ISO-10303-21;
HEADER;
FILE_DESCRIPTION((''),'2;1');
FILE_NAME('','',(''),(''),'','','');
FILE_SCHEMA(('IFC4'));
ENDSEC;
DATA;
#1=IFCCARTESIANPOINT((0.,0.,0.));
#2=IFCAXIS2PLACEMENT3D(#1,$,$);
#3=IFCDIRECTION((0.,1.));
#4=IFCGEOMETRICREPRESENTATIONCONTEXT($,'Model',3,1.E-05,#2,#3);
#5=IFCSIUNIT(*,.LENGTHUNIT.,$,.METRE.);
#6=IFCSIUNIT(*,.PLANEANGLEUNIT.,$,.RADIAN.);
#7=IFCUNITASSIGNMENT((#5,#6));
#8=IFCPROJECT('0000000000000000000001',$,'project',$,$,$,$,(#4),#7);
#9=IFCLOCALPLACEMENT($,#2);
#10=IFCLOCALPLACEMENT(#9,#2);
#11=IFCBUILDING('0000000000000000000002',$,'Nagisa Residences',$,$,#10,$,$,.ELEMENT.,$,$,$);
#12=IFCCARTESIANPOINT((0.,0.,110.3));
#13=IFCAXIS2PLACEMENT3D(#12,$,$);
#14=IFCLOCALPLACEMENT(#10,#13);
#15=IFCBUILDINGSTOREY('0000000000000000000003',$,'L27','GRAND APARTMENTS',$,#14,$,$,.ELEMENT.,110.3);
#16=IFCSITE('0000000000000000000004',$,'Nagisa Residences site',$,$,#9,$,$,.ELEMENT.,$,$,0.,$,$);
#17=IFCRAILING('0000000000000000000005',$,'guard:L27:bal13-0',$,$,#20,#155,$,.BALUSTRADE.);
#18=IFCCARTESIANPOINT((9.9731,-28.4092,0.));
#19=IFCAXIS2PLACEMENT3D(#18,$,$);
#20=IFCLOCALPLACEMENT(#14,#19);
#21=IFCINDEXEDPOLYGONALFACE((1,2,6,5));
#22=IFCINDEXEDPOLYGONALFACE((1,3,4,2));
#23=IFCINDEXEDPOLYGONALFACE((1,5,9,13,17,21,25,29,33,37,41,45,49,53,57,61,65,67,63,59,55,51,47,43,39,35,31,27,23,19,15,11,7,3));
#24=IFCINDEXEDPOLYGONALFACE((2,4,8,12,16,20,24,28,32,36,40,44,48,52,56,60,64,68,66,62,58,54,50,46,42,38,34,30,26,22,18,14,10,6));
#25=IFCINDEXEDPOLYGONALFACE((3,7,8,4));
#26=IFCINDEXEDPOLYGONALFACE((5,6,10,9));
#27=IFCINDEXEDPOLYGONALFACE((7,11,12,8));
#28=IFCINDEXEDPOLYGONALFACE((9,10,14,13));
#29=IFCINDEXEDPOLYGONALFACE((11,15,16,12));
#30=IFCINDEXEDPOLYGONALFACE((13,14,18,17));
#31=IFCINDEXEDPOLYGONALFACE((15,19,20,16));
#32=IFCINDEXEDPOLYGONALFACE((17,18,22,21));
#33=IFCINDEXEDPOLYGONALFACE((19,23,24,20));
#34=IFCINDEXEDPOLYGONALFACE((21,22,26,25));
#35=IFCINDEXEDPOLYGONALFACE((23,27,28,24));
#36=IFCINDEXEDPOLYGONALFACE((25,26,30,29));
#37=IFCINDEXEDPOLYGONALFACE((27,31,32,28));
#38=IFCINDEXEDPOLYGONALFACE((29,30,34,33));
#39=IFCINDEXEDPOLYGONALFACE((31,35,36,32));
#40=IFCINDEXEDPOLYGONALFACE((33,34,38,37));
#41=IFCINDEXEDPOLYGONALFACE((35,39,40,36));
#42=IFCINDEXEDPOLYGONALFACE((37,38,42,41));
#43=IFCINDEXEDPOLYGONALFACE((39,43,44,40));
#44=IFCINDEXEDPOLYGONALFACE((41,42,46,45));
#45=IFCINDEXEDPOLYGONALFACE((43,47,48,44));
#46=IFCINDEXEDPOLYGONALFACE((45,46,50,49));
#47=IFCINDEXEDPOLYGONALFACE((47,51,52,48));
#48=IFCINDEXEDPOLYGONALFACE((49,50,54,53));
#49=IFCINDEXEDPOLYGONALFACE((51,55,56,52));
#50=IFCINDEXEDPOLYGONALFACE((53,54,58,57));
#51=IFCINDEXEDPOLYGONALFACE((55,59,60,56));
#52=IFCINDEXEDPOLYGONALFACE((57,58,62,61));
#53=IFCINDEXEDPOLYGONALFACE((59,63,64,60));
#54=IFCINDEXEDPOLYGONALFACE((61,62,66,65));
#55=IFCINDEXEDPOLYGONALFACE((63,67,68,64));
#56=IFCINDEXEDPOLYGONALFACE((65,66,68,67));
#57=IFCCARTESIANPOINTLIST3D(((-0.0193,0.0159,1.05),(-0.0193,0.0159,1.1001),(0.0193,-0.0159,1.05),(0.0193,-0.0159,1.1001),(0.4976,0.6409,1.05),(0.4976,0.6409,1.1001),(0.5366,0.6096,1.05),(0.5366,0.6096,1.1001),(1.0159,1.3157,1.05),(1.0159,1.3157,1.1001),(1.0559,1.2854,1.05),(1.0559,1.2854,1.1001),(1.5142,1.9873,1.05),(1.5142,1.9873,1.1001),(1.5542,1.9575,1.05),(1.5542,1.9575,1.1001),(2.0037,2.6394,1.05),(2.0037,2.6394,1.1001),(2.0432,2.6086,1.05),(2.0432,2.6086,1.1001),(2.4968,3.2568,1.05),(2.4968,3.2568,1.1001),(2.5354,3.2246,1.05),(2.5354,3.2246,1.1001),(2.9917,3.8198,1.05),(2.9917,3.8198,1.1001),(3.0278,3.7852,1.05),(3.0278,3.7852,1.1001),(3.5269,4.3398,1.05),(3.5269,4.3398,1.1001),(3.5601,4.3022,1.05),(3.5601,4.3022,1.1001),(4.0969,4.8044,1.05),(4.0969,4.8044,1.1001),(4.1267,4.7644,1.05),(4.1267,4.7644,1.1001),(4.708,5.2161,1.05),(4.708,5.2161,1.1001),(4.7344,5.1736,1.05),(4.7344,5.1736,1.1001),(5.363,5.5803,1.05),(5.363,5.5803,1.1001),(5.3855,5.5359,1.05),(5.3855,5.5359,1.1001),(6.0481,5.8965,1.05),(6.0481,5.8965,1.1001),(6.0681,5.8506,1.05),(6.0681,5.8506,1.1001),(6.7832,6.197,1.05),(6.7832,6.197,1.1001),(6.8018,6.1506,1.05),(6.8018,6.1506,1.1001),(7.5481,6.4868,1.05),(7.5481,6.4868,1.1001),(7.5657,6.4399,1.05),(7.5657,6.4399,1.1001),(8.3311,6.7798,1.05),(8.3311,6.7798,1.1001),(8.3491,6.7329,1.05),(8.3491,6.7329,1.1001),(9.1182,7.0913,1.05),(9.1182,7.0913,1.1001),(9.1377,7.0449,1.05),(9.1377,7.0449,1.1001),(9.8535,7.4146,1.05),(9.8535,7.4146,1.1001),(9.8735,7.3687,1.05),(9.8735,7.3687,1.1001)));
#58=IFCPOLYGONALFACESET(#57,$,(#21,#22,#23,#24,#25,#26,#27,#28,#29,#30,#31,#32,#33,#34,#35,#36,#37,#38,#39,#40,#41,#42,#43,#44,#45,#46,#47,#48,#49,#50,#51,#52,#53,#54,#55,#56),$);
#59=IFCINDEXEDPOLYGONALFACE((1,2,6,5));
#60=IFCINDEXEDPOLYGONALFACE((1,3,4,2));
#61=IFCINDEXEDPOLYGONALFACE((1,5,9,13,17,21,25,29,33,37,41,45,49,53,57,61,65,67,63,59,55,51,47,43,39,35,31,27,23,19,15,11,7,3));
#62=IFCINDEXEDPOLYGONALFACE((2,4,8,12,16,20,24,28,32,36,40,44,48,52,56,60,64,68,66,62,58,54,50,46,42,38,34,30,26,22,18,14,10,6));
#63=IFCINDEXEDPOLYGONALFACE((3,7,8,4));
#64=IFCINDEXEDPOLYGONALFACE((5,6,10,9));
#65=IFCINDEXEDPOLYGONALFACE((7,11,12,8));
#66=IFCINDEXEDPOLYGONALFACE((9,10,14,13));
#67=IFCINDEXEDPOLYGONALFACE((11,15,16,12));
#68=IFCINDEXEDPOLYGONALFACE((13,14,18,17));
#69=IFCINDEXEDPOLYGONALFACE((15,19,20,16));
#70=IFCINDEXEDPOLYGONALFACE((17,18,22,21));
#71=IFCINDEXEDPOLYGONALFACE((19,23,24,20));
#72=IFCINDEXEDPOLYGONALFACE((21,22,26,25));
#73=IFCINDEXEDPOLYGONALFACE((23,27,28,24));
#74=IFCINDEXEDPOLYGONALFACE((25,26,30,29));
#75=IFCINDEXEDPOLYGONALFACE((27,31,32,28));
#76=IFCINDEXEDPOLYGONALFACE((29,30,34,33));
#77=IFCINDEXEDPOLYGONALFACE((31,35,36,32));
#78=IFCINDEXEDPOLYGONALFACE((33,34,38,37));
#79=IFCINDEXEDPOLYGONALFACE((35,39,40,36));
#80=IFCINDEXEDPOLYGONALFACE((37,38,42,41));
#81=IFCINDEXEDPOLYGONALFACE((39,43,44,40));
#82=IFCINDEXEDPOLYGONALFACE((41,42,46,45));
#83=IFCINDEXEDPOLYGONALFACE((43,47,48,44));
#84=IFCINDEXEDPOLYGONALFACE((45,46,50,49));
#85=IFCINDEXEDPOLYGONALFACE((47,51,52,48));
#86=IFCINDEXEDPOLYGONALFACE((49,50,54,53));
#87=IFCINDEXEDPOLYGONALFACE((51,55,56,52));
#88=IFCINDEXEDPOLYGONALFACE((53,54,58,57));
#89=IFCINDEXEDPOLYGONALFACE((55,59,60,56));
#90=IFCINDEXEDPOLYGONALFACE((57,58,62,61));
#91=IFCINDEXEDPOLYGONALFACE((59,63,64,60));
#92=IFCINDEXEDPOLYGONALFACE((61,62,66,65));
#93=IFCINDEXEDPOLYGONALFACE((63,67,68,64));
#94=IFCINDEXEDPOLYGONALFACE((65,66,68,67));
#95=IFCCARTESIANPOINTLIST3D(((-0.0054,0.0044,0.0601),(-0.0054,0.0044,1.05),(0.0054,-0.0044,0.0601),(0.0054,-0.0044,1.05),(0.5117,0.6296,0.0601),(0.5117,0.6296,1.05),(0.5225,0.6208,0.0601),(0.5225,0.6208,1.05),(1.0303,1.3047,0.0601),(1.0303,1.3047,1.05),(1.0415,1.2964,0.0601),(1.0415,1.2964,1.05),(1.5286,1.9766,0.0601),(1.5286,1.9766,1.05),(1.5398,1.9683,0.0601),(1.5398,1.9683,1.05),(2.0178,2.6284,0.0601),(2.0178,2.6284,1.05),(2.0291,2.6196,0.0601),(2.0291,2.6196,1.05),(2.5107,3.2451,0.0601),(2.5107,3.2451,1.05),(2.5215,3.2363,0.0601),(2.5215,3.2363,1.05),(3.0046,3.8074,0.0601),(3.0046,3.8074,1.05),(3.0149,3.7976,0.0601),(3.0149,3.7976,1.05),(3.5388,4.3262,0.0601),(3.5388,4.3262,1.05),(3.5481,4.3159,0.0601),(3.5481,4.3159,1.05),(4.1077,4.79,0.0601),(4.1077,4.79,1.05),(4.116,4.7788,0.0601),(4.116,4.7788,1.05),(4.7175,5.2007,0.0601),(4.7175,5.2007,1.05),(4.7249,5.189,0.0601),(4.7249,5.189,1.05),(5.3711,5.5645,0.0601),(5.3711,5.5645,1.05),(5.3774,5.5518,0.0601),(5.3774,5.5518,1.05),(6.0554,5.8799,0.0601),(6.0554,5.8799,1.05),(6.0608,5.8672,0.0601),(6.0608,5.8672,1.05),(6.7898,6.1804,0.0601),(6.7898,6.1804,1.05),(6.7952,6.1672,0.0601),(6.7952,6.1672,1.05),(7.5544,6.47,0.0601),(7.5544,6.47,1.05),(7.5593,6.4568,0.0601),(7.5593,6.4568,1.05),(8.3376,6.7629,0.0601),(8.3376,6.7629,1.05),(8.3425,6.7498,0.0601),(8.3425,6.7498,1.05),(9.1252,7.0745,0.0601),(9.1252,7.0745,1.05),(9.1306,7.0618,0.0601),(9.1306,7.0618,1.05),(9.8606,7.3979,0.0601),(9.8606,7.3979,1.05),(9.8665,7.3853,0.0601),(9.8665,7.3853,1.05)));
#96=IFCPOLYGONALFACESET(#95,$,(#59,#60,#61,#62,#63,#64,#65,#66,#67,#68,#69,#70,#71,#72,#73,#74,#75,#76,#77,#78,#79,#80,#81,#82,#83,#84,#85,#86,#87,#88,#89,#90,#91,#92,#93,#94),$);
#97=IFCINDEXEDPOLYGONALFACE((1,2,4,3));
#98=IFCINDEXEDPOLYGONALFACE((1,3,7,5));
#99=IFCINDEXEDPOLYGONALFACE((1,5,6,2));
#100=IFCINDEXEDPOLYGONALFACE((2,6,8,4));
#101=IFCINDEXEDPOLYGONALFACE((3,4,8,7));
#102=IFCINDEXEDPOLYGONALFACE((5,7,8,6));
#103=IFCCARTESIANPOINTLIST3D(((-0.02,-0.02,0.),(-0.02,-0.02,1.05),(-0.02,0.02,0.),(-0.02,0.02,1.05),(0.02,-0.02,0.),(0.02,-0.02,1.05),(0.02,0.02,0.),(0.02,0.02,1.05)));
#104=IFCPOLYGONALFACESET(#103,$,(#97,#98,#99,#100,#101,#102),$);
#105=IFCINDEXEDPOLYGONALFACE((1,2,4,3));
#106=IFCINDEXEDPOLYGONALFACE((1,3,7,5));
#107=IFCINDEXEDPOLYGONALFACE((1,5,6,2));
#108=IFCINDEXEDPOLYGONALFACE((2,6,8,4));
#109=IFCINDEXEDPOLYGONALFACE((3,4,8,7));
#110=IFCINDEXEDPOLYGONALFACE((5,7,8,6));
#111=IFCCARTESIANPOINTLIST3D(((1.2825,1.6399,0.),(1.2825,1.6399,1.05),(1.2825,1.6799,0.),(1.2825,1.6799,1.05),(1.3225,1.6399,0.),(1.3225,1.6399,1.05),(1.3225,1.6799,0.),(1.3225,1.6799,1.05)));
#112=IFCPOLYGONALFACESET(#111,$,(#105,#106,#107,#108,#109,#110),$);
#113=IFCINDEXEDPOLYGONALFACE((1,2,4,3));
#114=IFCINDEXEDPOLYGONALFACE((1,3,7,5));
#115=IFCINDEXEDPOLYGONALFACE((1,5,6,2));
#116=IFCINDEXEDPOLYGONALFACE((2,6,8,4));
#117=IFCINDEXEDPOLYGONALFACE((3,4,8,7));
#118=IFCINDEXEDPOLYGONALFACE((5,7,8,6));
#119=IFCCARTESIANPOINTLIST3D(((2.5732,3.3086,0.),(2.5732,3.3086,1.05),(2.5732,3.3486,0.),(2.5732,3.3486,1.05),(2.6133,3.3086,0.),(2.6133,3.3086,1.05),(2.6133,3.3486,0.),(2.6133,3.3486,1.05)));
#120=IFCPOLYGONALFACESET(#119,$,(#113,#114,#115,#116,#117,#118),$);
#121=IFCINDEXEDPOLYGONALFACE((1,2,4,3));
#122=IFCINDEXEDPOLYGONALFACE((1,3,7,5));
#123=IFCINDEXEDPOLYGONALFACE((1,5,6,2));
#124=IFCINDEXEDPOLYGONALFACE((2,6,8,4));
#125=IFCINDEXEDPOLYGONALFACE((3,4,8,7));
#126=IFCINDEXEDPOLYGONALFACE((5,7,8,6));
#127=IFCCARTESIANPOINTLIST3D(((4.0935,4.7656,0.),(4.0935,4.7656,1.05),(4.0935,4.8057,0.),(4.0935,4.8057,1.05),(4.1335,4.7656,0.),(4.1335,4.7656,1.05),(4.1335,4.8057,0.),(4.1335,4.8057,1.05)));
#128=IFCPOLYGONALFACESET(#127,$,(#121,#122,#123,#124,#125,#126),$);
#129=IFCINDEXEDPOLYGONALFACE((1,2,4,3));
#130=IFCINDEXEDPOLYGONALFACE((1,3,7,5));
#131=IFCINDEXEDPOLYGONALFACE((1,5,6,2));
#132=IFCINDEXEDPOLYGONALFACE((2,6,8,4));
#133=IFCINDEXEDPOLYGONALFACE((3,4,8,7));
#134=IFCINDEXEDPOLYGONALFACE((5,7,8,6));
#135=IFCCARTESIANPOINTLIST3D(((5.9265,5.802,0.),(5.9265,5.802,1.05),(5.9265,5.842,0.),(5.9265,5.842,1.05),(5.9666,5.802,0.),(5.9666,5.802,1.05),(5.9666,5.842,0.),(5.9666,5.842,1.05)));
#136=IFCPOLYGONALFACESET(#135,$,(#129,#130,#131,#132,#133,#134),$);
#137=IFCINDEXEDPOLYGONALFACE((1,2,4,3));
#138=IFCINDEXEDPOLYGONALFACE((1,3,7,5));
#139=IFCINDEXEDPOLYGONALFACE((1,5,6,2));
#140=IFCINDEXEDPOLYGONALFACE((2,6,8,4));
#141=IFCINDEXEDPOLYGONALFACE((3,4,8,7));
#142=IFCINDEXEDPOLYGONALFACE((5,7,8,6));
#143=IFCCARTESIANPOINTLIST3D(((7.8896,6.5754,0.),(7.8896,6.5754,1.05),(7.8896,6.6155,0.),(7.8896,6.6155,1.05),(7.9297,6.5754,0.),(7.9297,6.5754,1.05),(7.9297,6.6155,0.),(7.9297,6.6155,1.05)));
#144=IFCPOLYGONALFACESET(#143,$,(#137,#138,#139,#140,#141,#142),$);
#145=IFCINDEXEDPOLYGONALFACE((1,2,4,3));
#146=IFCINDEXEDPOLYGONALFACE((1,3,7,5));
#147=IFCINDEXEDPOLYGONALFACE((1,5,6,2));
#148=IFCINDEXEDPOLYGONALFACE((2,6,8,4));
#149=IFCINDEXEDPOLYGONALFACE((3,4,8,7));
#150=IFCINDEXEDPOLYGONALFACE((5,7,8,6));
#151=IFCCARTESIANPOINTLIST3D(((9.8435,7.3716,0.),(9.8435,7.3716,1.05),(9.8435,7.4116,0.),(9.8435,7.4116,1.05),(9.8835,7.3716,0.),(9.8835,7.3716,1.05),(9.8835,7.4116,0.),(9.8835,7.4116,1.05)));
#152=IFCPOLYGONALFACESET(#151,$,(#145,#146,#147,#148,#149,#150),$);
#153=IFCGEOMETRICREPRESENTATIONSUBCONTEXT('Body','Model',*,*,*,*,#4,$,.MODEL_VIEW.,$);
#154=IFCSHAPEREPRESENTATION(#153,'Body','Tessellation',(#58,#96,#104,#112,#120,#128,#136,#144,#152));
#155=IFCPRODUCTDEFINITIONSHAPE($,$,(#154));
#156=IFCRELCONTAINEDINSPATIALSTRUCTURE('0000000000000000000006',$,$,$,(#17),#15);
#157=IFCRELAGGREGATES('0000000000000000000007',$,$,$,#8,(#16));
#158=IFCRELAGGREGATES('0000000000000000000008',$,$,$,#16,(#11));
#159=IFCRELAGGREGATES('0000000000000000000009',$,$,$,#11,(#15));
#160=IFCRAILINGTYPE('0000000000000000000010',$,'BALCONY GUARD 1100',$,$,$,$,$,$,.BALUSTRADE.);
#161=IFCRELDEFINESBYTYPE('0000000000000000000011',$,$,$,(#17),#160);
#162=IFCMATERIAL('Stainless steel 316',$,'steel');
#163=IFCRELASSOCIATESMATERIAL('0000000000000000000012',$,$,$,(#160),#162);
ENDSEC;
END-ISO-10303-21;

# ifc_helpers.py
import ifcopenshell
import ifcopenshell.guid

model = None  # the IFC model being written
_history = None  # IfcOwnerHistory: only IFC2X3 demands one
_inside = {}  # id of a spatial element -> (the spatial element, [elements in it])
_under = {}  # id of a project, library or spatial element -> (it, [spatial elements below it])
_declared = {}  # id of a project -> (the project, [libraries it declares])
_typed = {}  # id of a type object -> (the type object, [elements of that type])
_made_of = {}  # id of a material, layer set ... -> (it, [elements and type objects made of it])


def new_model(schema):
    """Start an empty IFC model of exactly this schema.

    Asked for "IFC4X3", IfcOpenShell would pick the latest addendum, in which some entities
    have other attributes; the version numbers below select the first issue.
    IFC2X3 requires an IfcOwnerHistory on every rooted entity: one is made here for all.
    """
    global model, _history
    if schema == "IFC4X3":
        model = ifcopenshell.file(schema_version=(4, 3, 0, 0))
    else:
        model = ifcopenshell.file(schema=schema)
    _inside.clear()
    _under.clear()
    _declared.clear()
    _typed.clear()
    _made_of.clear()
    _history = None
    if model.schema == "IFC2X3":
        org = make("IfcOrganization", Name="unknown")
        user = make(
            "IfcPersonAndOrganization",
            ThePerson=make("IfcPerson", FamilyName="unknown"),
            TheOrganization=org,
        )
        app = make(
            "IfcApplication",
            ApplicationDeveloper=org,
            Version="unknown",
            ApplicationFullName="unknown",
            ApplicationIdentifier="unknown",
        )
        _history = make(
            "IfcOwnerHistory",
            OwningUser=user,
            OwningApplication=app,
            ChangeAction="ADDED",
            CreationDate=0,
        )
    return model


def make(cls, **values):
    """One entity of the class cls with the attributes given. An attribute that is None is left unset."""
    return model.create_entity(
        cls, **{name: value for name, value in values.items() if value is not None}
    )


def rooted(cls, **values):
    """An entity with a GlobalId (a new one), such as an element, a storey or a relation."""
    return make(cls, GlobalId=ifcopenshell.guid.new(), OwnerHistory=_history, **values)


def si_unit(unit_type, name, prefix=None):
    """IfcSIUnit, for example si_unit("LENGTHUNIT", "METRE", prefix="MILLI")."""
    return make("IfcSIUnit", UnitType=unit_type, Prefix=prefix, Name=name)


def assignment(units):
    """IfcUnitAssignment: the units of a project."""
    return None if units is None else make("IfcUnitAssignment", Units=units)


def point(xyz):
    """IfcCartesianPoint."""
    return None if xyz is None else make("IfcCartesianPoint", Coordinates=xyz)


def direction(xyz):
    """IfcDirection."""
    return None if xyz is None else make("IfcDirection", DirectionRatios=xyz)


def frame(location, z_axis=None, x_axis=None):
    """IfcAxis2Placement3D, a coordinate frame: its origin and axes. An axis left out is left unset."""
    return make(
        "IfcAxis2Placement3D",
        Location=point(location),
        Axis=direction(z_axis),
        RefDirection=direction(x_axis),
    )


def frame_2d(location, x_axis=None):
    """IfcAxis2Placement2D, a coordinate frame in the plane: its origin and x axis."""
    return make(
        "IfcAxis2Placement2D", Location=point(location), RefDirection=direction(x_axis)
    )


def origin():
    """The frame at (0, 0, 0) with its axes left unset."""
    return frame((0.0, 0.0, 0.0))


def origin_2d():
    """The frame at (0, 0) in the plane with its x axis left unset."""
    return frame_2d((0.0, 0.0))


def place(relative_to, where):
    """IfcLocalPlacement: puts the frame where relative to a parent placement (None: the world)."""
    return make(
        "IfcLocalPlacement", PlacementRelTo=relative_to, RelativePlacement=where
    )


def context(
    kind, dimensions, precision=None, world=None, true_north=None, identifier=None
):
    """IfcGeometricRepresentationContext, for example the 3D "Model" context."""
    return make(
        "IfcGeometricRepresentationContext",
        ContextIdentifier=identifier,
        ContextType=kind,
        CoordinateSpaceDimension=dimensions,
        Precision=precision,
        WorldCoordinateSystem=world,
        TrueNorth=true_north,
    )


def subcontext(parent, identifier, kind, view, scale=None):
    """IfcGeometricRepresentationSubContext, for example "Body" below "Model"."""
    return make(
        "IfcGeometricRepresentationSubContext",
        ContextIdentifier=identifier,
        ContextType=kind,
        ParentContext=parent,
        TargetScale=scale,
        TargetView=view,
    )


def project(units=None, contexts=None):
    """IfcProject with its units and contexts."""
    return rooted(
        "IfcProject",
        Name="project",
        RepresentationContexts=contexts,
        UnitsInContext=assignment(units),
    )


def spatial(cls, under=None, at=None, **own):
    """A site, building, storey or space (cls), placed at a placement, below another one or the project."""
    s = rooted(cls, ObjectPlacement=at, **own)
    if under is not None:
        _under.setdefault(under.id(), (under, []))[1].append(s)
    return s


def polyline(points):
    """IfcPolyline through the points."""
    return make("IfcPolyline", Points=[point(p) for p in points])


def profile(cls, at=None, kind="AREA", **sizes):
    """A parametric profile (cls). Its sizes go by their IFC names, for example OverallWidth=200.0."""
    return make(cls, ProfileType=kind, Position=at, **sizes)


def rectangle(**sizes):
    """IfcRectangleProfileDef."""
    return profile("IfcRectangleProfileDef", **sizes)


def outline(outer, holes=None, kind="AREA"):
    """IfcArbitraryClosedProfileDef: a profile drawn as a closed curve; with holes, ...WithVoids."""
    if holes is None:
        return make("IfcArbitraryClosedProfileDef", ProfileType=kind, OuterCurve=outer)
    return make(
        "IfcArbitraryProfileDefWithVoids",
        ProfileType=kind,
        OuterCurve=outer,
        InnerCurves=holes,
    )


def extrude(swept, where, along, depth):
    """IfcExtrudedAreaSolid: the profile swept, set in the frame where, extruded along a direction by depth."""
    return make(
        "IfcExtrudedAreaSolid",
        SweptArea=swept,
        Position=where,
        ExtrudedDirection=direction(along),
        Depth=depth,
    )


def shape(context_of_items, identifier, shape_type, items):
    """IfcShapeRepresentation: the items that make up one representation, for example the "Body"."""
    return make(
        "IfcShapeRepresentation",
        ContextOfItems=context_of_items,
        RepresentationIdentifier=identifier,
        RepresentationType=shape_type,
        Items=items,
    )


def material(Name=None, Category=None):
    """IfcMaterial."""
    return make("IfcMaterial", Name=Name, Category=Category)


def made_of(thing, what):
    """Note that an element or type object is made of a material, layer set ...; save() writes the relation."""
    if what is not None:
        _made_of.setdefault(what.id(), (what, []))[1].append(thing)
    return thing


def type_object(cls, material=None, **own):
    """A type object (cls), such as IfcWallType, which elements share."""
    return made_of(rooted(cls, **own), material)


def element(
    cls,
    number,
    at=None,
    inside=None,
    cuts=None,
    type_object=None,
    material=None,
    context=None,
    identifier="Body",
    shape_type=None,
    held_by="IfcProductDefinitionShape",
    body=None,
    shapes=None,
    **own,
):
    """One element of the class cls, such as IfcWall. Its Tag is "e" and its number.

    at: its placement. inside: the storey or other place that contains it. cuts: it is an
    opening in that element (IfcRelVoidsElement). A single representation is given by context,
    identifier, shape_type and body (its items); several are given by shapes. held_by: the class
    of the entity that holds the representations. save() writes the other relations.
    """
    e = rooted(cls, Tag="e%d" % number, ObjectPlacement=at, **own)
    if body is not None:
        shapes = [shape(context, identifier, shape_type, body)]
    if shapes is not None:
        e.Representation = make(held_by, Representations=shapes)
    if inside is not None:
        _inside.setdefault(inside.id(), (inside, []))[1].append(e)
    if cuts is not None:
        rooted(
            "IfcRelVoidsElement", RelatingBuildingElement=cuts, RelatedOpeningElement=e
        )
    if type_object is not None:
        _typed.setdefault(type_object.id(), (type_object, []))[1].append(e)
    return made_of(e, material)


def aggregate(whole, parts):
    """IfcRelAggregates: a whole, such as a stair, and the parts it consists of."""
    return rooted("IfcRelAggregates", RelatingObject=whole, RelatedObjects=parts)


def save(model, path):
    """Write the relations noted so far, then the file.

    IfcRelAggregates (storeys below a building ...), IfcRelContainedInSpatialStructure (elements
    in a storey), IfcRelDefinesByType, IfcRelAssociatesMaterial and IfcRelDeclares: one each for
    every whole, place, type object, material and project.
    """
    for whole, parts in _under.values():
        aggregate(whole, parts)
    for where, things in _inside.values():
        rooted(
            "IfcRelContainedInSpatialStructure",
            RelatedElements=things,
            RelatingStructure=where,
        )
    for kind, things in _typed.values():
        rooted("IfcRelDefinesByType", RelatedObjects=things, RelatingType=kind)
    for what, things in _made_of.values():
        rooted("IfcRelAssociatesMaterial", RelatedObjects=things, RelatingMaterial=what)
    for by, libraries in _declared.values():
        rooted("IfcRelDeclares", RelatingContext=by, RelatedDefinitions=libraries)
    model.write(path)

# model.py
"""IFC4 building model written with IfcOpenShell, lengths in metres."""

from ifc_helpers import new_model, si_unit, direction, frame, origin, origin_2d, place, context, subcontext, project, spatial, polyline, rectangle, outline, extrude, material, type_object, element, save


model = new_model("IFC4")

# Units and contexts
model_context = context("Model", 3, precision=1e-05, world=origin(), true_north=direction((0.0, 1.0)))
body_context = subcontext(model_context, "Body", "Model", "MODEL_VIEW")
ifc_project = project(units=[si_unit("LENGTHUNIT", "METRE"), si_unit("PLANEANGLEUNIT", "RADIAN")], contexts=[model_context])

# Site, building, storey
site_placement = place(None, origin())
site = spatial("IfcSite", under=ifc_project, at=site_placement, Name="Nagisa Residences site", CompositionType="ELEMENT", RefElevation=0.0)
building_placement = place(site_placement, origin())
building = spatial("IfcBuilding", under=site, at=building_placement, Name="Nagisa Residences", CompositionType="ELEMENT")
storey_placement = place(building_placement, frame((0.0, 0.0, 110.3)))
storey = spatial("IfcBuildingStorey", under=building, at=storey_placement, Name="L27", Description="GRAND APARTMENTS", CompositionType="ELEMENT", Elevation=110.3)

# Railing
ifc_material_1 = material(Name="Stainless steel 316", Category="steel")
railing_type = type_object("IfcRailingType", Name="BALCONY GUARD 1100", PredefinedType="BALUSTRADE", material=ifc_material_1)
railing_placement = place(storey_placement, frame((9.9731, -28.4092, 0.0)))
element("IfcRailing", 1, at=railing_placement, inside=storey, type_object=railing_type, Name="guard:L27:bal13-0", PredefinedType="BALUSTRADE", context=body_context, shape_type="SweptSolid", body=[
    extrude(outline(polyline([(0.4976, 0.6409), (-0.0193, 0.0159), (0.0193, -0.0159), (0.5366, 0.6096), (1.0559, 1.2854), (1.5542, 1.9575), (2.0432, 2.6086), (2.5354, 3.2246), (3.0278, 3.7852), (3.5601, 4.3022), (4.1267, 4.7644), (4.7344, 5.1736), (5.3855, 5.5359), (6.0681, 5.8506), (6.8018, 6.1506), (7.5657, 6.4399), (8.3491, 6.7329), (9.1377, 7.0449), (9.8735, 7.3687), (9.8535, 7.4146), (9.1182, 7.0913), (8.3311, 6.7798), (7.5481, 6.4868), (6.7832, 6.197), (6.0481, 5.8965), (5.363, 5.5803), (4.708, 5.2161), (4.0969, 4.8044), (3.5269, 4.3398), (2.9917, 3.8198), (2.4968, 3.2568), (2.0037, 2.6394), (1.5142, 1.9873), (1.0159, 1.3157), (0.4976, 0.6409)])), frame((0.0, 0.0, 1.05)), (0.0, 0.0, 1.0), 0.05),
    extrude(outline(polyline([(0.5117, 0.6296), (-0.0054, 0.0044), (0.0054, -0.0044), (0.5225, 0.6208), (1.0415, 1.2964), (1.5398, 1.9683), (2.0291, 2.6196), (2.5215, 3.2363), (3.0149, 3.7976), (3.5481, 4.3159), (4.116, 4.7788), (4.7249, 5.189), (5.3774, 5.5518), (6.0608, 5.8672), (6.7952, 6.1672), (7.5593, 6.4568), (8.3425, 6.7498), (9.1306, 7.0618), (9.8665, 7.3853), (9.8606, 7.3979), (9.1252, 7.0745), (8.3376, 6.7629), (7.5544, 6.47), (6.7898, 6.1804), (6.0554, 5.8799), (5.3711, 5.5645), (4.7175, 5.2007), (4.1077, 4.79), (3.5388, 4.3262), (3.0046, 3.8074), (2.5107, 3.2451), (2.0178, 2.6284), (1.5286, 1.9766), (1.0303, 1.3047), (0.5117, 0.6296)])), frame((0.0, 0.0, 0.0601)), (0.0, 0.0, 1.0), 0.99),
    extrude(rectangle(XDim=0.04, YDim=0.04, at=origin_2d()), origin(), (0.0, 0.0, 1.0), 1.05),
    extrude(rectangle(XDim=0.04, YDim=0.04, at=origin_2d()), frame((1.3025, 1.6599, 0.0)), (0.0, 0.0, 1.0), 1.05),
    extrude(rectangle(XDim=0.04, YDim=0.04, at=origin_2d()), frame((2.5933, 3.3286, 0.0)), (0.0, 0.0, 1.0), 1.05),
    extrude(rectangle(XDim=0.04, YDim=0.04, at=origin_2d()), frame((4.1135, 4.7856, 0.0)), (0.0, 0.0, 1.0), 1.05),
    extrude(rectangle(XDim=0.04, YDim=0.04, at=origin_2d()), frame((5.9465, 5.822, 0.0)), (0.0, 0.0, 1.0), 1.05),
    extrude(rectangle(XDim=0.04, YDim=0.04, at=origin_2d()), frame((7.9097, 6.5955, 0.0)), (0.0, 0.0, 1.0), 1.05),
    extrude(rectangle(XDim=0.04, YDim=0.04, at=origin_2d()), frame((9.8635, 7.3916, 0.0)), (0.0, 0.0, 1.0), 1.05),
])

save(model, "model.ifc")
